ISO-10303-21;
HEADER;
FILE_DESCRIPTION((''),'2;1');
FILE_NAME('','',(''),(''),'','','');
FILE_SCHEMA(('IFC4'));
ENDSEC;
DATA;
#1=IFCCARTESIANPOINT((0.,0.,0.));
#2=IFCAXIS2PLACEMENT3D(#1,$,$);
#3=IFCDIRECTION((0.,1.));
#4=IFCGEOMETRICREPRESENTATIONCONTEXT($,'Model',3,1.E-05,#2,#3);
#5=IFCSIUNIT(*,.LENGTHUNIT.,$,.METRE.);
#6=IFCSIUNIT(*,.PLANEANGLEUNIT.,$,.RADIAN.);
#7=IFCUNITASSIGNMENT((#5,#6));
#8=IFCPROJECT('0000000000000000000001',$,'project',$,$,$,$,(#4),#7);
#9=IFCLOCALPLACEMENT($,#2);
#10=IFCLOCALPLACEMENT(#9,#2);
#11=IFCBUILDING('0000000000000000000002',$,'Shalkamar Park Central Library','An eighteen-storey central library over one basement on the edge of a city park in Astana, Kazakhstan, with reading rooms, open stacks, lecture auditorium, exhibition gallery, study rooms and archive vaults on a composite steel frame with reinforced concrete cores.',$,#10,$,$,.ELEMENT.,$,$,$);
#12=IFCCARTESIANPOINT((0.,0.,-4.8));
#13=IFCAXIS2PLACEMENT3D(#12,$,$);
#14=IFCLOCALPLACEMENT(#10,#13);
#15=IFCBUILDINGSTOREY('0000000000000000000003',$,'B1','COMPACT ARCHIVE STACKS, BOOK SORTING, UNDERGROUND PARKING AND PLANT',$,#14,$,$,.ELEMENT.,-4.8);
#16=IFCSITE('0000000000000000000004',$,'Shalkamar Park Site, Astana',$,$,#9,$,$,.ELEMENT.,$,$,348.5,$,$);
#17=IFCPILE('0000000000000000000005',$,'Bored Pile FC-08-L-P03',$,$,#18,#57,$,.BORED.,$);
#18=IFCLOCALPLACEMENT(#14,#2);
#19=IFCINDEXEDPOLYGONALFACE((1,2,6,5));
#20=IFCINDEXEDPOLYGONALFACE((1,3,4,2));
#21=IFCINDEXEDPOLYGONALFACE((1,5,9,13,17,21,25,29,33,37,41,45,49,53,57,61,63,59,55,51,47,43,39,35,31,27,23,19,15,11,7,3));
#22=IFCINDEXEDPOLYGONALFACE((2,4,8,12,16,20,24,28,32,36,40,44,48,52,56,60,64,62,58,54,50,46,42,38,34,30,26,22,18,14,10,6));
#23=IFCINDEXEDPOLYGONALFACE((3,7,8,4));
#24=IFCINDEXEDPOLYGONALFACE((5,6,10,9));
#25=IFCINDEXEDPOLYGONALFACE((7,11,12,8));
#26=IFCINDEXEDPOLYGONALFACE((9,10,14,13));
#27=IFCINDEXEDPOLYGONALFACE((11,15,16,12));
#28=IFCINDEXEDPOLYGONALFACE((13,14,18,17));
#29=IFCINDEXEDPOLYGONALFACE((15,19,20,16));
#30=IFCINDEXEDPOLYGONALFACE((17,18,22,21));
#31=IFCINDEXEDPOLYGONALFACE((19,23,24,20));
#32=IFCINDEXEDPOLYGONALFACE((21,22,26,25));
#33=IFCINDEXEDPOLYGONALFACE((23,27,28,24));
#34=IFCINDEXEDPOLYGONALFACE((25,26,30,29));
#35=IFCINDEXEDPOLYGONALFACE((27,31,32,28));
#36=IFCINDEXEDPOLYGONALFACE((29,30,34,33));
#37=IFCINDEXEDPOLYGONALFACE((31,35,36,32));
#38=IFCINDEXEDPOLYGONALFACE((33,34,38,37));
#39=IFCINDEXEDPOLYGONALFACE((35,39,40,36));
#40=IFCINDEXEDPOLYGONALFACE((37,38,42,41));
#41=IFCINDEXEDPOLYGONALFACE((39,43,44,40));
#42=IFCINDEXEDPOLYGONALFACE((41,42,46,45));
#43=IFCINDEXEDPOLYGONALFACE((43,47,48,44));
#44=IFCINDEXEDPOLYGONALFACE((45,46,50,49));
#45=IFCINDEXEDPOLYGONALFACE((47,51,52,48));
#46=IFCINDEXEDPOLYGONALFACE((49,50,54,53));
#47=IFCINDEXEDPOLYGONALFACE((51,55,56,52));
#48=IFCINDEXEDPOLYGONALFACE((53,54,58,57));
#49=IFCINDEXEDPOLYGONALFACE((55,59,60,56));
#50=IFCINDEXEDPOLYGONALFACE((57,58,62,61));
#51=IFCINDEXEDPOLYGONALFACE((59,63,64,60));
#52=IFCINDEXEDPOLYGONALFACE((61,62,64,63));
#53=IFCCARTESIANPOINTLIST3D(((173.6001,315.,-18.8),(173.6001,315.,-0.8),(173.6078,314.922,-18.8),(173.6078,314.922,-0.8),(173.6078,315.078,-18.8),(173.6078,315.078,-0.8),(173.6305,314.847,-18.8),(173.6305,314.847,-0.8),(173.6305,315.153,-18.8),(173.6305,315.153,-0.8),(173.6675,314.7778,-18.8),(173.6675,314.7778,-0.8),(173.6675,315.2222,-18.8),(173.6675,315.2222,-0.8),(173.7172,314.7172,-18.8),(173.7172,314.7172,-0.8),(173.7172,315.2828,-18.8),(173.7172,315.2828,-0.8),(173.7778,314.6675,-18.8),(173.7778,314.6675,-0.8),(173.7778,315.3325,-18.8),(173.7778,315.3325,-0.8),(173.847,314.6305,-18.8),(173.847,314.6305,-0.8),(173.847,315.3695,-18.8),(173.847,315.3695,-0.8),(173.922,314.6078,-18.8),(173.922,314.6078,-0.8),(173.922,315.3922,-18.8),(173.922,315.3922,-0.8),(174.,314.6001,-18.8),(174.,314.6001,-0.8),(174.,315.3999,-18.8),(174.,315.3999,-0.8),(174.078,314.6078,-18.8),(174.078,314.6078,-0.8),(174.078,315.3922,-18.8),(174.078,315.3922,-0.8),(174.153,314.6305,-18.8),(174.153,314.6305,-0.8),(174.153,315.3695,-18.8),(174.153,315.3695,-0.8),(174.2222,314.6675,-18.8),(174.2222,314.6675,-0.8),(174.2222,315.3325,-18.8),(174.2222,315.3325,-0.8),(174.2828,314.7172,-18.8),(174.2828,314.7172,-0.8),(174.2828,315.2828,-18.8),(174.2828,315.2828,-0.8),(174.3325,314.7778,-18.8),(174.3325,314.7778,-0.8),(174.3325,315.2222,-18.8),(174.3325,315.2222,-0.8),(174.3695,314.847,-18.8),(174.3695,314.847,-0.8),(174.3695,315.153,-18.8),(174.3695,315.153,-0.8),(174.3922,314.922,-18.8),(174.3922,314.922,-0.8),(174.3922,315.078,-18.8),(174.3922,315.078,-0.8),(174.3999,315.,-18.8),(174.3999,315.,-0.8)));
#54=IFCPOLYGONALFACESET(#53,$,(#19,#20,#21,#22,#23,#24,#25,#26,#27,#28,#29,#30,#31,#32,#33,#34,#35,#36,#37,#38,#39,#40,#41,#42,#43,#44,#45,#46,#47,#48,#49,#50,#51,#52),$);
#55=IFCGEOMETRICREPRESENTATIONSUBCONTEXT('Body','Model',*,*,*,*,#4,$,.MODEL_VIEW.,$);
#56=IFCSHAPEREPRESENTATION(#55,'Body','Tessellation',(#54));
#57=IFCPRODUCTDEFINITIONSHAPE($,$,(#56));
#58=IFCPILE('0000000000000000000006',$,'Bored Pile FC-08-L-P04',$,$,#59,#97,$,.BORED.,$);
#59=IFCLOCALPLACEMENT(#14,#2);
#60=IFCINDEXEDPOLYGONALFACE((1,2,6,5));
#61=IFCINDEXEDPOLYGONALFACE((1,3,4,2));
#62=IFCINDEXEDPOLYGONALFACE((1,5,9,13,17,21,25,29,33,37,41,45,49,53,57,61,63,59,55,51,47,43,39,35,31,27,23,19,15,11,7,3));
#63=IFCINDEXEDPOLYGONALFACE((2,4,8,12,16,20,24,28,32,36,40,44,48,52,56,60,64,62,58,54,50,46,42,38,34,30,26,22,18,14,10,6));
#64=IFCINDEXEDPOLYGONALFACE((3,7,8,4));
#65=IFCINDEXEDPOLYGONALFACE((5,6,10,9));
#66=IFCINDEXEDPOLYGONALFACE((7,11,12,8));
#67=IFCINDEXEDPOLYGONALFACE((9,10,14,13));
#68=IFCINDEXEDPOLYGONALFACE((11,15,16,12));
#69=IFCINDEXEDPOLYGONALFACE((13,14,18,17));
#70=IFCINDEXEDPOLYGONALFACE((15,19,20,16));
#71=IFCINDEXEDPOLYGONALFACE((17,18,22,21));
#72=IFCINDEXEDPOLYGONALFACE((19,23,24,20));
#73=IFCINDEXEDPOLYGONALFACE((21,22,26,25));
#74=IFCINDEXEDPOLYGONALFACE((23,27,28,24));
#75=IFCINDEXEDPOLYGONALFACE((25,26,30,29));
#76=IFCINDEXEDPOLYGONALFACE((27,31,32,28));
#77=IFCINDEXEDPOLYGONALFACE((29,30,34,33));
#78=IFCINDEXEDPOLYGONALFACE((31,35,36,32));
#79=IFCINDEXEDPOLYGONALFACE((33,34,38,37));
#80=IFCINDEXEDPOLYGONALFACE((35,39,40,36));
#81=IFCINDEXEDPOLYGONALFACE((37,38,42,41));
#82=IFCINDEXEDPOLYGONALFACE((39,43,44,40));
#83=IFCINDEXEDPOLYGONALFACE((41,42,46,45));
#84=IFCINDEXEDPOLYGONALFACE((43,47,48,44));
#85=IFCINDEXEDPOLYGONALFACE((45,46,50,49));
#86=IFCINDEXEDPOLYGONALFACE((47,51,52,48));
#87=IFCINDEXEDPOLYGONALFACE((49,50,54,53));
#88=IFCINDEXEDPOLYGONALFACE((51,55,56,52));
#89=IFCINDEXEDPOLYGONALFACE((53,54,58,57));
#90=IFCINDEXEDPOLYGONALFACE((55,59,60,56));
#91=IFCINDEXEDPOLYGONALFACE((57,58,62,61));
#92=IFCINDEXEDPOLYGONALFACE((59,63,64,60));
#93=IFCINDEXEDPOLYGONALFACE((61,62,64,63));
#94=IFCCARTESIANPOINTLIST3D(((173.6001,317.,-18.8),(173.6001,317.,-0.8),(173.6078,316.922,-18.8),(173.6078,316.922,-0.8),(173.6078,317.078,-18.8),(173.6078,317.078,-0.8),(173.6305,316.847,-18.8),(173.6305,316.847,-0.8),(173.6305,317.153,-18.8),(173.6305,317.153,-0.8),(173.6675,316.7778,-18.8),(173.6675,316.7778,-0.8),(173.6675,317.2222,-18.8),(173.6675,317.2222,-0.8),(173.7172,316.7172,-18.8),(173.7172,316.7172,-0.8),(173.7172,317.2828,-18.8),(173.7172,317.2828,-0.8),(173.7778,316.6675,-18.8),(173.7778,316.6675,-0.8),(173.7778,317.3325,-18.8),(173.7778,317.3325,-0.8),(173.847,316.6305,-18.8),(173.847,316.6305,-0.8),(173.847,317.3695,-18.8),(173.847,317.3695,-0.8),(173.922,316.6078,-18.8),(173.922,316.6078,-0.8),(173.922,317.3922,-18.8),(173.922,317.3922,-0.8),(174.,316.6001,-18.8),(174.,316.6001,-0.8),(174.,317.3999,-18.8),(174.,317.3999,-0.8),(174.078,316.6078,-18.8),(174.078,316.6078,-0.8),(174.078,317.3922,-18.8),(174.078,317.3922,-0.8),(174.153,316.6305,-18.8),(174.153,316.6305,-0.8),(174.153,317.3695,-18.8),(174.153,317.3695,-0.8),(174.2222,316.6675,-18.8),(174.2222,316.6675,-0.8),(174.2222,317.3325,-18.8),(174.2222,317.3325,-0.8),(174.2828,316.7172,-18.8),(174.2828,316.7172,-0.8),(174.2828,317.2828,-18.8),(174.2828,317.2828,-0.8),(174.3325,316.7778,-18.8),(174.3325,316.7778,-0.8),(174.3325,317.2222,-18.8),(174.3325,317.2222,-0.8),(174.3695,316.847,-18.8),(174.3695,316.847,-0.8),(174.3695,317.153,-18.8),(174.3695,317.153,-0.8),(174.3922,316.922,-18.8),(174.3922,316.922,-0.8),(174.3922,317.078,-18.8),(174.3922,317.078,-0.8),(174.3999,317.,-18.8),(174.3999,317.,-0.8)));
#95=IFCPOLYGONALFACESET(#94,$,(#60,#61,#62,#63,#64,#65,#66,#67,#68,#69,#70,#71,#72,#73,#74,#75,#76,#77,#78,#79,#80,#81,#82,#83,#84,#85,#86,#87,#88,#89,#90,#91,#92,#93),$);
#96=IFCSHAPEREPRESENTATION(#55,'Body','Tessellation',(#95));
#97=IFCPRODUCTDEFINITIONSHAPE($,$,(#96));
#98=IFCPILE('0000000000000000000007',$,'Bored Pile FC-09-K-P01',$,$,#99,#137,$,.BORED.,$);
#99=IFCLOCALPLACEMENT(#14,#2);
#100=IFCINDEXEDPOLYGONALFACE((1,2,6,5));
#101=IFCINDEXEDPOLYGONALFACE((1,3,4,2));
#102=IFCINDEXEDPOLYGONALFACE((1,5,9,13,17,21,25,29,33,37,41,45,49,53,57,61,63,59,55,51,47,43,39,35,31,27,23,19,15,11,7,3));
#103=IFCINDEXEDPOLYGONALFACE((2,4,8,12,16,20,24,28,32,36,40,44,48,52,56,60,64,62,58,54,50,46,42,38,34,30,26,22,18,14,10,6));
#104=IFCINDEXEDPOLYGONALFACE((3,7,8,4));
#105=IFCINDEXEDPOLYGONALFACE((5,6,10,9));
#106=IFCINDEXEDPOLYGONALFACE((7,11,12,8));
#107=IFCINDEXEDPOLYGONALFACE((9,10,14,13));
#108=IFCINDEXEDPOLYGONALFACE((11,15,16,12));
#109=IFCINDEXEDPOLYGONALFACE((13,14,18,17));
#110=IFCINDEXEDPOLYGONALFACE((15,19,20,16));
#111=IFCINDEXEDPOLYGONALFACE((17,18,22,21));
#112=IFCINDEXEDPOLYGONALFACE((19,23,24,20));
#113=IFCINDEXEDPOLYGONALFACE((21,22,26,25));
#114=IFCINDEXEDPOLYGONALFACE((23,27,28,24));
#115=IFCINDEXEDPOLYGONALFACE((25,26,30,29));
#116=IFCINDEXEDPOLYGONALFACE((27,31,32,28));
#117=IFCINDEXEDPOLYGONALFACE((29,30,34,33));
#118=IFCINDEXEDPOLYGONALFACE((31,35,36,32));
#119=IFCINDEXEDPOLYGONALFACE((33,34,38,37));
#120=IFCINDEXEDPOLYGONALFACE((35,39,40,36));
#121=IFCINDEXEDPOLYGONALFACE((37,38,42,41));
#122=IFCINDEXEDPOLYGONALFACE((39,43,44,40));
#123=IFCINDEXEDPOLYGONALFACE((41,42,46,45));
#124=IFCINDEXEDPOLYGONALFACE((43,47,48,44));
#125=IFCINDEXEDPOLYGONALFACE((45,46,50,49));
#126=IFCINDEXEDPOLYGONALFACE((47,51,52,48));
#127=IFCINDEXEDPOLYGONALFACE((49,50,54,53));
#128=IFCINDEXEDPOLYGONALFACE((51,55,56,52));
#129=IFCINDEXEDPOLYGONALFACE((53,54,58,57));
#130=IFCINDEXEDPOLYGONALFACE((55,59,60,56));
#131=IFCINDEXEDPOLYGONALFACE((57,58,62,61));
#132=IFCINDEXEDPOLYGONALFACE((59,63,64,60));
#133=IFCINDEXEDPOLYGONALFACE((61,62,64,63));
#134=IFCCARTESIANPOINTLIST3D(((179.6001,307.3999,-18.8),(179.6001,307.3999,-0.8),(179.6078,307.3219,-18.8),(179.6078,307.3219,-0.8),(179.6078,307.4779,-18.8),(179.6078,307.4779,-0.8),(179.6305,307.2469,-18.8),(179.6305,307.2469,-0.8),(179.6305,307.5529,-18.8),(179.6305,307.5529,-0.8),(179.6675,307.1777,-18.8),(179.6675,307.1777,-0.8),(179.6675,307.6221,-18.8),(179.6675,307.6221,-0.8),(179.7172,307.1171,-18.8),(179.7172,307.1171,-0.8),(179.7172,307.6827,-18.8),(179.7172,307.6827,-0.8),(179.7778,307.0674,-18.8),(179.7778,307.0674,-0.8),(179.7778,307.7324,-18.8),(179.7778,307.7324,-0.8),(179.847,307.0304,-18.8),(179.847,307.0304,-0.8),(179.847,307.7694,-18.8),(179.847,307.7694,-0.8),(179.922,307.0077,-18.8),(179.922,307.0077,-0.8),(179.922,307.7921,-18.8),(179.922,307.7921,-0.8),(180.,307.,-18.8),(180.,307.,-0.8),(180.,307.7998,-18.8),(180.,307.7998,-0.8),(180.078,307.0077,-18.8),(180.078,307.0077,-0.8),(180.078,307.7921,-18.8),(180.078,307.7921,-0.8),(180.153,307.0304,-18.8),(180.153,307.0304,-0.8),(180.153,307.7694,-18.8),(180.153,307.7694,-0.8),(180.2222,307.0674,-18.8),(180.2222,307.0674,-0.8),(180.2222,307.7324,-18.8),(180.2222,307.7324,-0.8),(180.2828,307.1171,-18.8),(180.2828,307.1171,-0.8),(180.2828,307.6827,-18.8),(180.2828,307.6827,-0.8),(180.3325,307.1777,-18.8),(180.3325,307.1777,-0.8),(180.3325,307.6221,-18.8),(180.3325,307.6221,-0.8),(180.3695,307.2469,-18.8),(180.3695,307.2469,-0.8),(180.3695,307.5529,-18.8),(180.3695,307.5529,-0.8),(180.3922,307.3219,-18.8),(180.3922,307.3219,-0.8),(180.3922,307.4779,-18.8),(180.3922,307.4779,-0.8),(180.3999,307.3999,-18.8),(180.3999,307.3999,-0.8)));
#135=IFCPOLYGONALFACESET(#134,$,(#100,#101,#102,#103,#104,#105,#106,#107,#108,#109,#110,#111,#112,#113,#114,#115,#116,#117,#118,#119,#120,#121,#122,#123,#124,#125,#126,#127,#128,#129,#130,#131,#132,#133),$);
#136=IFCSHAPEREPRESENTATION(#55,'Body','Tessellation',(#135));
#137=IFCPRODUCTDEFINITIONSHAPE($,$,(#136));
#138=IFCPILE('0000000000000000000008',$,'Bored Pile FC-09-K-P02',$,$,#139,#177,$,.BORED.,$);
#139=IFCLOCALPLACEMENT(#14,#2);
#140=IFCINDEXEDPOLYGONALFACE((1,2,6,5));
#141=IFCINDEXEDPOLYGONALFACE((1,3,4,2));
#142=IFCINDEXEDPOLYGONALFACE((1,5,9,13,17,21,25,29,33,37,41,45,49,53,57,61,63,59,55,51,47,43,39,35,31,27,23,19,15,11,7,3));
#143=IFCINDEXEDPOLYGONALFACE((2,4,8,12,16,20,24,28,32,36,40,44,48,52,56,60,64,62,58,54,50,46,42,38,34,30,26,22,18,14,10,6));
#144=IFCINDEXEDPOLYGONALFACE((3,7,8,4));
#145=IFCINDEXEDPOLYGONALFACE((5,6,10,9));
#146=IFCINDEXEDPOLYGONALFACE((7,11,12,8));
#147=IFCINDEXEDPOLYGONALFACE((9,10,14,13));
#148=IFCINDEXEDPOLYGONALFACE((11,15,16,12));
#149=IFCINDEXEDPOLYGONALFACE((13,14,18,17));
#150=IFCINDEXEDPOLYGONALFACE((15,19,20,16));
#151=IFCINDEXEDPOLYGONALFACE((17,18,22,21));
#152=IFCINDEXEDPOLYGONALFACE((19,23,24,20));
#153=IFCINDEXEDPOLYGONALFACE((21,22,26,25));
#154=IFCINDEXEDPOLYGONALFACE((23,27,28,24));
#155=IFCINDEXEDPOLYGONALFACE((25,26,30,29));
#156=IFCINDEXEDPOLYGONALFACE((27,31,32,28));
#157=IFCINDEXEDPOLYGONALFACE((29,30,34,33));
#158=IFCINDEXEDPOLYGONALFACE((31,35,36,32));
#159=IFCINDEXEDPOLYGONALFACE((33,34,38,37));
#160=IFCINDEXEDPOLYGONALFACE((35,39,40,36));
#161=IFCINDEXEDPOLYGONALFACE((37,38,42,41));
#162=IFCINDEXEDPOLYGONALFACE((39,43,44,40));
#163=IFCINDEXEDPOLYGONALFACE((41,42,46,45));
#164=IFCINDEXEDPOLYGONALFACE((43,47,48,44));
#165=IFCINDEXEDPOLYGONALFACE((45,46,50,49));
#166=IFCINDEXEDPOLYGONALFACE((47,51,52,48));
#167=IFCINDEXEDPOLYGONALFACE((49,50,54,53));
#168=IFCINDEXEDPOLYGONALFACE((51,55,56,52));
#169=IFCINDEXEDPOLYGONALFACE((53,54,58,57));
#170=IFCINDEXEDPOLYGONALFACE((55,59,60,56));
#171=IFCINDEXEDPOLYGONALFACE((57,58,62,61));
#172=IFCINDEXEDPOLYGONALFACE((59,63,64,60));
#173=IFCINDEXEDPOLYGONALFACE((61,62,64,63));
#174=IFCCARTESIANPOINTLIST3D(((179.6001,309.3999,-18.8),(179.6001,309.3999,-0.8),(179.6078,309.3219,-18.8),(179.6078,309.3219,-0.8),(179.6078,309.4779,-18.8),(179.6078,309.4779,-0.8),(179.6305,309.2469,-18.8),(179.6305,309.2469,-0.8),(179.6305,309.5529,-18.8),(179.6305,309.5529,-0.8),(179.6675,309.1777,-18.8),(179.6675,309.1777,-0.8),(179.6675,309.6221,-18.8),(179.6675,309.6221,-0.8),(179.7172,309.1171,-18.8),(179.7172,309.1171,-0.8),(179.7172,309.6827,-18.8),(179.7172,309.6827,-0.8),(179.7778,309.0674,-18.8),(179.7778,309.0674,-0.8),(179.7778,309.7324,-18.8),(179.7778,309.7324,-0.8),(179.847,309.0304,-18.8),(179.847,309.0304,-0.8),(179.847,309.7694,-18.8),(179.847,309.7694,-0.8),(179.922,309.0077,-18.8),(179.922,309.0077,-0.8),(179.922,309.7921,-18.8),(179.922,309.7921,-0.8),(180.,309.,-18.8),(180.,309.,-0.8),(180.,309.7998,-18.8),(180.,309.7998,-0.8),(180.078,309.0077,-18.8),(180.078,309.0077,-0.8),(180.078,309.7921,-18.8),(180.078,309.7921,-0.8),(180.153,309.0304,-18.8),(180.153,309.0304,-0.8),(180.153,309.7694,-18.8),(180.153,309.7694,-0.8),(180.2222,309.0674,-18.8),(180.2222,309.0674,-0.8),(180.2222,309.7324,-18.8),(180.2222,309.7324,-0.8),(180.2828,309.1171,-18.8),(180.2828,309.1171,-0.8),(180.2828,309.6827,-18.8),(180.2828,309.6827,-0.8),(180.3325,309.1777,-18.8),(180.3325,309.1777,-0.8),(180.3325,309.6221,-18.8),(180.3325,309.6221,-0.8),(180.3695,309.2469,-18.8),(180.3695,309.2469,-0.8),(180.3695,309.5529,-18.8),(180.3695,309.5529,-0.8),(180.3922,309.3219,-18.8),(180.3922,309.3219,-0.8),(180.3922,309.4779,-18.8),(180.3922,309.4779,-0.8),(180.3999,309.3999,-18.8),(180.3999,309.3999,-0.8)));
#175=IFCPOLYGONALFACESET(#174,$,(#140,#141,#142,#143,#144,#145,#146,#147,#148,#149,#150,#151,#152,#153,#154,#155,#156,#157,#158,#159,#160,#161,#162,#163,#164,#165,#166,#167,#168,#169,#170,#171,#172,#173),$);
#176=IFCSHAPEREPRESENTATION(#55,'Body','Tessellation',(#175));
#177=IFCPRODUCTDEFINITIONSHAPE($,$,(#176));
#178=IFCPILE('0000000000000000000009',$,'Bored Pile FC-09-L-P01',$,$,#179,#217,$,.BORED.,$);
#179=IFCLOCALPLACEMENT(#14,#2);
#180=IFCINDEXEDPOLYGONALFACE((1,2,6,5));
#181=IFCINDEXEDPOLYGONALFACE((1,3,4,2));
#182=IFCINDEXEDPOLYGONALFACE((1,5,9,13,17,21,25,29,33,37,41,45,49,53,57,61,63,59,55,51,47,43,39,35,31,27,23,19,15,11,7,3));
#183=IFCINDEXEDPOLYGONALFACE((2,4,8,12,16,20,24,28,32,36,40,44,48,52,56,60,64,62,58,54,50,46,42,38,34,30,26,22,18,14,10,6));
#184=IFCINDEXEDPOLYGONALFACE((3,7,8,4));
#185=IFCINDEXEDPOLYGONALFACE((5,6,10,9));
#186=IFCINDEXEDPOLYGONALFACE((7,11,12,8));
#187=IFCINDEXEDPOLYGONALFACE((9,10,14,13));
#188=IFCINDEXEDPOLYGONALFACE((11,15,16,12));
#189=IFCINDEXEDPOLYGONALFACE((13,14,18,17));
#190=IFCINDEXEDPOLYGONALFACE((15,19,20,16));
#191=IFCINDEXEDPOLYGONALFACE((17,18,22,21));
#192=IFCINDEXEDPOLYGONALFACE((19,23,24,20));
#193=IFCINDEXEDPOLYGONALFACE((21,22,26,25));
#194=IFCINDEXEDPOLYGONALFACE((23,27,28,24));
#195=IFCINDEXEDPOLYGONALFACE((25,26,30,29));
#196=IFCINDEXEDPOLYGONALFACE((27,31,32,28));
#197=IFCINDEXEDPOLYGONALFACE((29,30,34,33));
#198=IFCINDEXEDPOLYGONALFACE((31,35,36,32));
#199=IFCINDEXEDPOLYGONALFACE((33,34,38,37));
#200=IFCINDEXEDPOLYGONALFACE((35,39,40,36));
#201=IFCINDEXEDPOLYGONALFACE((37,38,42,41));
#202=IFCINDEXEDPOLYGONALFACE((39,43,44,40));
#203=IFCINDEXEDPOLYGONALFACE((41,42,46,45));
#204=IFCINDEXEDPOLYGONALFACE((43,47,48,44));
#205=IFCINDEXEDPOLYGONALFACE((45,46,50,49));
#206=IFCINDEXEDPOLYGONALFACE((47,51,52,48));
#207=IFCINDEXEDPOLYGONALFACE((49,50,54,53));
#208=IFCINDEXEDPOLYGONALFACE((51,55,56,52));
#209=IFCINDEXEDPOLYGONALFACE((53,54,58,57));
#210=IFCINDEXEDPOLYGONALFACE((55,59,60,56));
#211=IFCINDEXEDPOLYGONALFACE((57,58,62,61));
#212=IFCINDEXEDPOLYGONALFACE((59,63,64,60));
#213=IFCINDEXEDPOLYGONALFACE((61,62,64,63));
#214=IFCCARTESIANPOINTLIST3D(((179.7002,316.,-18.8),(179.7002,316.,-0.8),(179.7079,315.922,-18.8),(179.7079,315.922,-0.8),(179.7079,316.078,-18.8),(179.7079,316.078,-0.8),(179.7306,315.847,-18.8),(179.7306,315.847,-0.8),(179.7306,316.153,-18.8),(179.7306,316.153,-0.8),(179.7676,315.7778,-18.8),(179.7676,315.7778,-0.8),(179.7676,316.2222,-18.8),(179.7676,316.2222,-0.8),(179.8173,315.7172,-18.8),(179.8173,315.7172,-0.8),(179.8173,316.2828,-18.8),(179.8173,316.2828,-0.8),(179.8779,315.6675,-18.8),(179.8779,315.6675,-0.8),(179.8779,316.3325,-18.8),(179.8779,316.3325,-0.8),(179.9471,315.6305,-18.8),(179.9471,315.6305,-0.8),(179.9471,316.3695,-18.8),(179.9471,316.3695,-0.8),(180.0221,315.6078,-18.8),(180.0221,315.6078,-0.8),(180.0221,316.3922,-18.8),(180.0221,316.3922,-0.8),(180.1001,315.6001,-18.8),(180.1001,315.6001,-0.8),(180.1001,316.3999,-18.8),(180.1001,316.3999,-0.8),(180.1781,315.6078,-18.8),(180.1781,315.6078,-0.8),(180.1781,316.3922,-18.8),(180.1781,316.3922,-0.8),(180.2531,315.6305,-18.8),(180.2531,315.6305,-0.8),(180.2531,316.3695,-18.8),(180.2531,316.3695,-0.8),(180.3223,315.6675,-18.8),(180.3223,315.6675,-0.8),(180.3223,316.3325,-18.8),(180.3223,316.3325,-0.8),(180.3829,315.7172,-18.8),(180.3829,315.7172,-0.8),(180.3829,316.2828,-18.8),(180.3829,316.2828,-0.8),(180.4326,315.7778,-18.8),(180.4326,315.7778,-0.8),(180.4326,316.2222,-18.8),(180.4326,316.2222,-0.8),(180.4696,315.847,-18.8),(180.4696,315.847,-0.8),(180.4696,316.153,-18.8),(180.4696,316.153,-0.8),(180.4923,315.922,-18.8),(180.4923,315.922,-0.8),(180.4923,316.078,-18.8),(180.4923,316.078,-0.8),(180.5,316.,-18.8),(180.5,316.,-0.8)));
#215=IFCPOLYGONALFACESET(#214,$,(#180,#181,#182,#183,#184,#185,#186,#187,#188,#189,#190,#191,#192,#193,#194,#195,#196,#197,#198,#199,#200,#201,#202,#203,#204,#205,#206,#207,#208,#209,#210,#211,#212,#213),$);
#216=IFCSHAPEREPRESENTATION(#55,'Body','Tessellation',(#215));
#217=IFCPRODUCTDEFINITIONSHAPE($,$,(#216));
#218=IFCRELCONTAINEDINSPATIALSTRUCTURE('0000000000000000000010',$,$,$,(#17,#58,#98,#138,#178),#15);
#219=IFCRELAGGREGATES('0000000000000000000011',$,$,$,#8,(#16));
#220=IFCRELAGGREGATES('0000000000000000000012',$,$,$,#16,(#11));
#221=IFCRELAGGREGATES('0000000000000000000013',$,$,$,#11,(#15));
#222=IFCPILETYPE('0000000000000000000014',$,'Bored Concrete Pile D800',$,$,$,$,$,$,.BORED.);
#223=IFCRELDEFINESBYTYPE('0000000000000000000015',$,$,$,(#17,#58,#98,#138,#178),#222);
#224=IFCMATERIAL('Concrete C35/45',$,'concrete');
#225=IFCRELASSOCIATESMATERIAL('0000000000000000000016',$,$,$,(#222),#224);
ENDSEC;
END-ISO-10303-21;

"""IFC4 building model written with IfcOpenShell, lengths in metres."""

from ifc_helpers import new_model, si_unit, direction, frame, origin, origin_2d, place, context, subcontext, project, spatial, circle, extrude, material, material_profile, profile_set, type_object, element, save


model = new_model("IFC4")

# Units and contexts
model_context = context("Model", 3, precision=1e-05, world=origin(), true_north=direction((0.0, 1.0)))
body_context = subcontext(model_context, "Body", "Model", "MODEL_VIEW")
ifc_project = project(units=[si_unit("LENGTHUNIT", "METRE"), si_unit("PLANEANGLEUNIT", "RADIAN")], contexts=[model_context])

# Site, building, storey
site_placement = place(None, origin())
site = spatial("IfcSite", under=ifc_project, at=site_placement, Name="Shalkamar Park Site, Astana", CompositionType="ELEMENT", RefElevation=348.5)
building_placement = place(site_placement, origin())
building = spatial("IfcBuilding", under=site, at=building_placement, Name="Shalkamar Park Central Library", Description="An eighteen-storey central library over one basement on the edge of a city park in Astana, Kazakhstan, with reading rooms, open stacks, lecture auditorium, exhibition gallery, study rooms and archive vaults on a composite steel frame with reinforced concrete cores.", CompositionType="ELEMENT")
storey_placement = place(building_placement, frame((0.0, 0.0, -4.8)))
storey = spatial("IfcBuildingStorey", under=building, at=storey_placement, Name="B1", Description="COMPACT ARCHIVE STACKS, BOOK SORTING, UNDERGROUND PARKING AND PLANT", CompositionType="ELEMENT", Elevation=-4.8)

# Piles
ifc_material_1 = material(Name="Concrete C35/45", Category="concrete")
ifc_material_profile_1 = material_profile(ifc_material_1, circle(Radius=0.3999, at=origin_2d()), Name="PILE D800")
ifc_profile_set_1 = profile_set([ifc_material_profile_1], Name="Concrete C35/45")
pile_type_1 = type_object("IfcPileType", Name="Bored Concrete Pile D800", PredefinedType="BORED", material=ifc_profile_set_1)
for number, where, z_axis, x_axis, name in (
    (1, (174.0, 315.0, -0.8), (0.0, 0.0, -1.0), (1.0, 0.0, 0.0), "Bored Pile FC-08-L-P03"),
    (2, (174.0, 317.0, -0.8), (0.0, 0.0, -1.0), (1.0, 0.0, 0.0), "Bored Pile FC-08-L-P04"),
    (3, (180.0, 307.3999, -0.8), (0.0, 0.0, -1.0), (1.0, 0.0, 0.0), "Bored Pile FC-09-K-P01"),
    (4, (180.0, 309.3999, -0.8), (0.0, 0.0, -1.0), (1.0, 0.0, 0.0), "Bored Pile FC-09-K-P02"),
    (5, (180.1001, 316.0, -0.8), (0.0, 0.0, -1.0), (1.0, 0.0, 0.0), "Bored Pile FC-09-L-P01"),
):
    element("IfcPile", number, at=place(storey_placement, frame(where, z_axis=z_axis, x_axis=x_axis)), inside=storey, type_object=pile_type_1, Name=name, PredefinedType="BORED", context=body_context, shape_type="SweptSolid", body=[
        extrude(circle(Radius=0.3999, at=origin_2d()), origin(), (0.0, 0.0, 1.0), 18.0),
    ])

save(model, "model.ifc")
